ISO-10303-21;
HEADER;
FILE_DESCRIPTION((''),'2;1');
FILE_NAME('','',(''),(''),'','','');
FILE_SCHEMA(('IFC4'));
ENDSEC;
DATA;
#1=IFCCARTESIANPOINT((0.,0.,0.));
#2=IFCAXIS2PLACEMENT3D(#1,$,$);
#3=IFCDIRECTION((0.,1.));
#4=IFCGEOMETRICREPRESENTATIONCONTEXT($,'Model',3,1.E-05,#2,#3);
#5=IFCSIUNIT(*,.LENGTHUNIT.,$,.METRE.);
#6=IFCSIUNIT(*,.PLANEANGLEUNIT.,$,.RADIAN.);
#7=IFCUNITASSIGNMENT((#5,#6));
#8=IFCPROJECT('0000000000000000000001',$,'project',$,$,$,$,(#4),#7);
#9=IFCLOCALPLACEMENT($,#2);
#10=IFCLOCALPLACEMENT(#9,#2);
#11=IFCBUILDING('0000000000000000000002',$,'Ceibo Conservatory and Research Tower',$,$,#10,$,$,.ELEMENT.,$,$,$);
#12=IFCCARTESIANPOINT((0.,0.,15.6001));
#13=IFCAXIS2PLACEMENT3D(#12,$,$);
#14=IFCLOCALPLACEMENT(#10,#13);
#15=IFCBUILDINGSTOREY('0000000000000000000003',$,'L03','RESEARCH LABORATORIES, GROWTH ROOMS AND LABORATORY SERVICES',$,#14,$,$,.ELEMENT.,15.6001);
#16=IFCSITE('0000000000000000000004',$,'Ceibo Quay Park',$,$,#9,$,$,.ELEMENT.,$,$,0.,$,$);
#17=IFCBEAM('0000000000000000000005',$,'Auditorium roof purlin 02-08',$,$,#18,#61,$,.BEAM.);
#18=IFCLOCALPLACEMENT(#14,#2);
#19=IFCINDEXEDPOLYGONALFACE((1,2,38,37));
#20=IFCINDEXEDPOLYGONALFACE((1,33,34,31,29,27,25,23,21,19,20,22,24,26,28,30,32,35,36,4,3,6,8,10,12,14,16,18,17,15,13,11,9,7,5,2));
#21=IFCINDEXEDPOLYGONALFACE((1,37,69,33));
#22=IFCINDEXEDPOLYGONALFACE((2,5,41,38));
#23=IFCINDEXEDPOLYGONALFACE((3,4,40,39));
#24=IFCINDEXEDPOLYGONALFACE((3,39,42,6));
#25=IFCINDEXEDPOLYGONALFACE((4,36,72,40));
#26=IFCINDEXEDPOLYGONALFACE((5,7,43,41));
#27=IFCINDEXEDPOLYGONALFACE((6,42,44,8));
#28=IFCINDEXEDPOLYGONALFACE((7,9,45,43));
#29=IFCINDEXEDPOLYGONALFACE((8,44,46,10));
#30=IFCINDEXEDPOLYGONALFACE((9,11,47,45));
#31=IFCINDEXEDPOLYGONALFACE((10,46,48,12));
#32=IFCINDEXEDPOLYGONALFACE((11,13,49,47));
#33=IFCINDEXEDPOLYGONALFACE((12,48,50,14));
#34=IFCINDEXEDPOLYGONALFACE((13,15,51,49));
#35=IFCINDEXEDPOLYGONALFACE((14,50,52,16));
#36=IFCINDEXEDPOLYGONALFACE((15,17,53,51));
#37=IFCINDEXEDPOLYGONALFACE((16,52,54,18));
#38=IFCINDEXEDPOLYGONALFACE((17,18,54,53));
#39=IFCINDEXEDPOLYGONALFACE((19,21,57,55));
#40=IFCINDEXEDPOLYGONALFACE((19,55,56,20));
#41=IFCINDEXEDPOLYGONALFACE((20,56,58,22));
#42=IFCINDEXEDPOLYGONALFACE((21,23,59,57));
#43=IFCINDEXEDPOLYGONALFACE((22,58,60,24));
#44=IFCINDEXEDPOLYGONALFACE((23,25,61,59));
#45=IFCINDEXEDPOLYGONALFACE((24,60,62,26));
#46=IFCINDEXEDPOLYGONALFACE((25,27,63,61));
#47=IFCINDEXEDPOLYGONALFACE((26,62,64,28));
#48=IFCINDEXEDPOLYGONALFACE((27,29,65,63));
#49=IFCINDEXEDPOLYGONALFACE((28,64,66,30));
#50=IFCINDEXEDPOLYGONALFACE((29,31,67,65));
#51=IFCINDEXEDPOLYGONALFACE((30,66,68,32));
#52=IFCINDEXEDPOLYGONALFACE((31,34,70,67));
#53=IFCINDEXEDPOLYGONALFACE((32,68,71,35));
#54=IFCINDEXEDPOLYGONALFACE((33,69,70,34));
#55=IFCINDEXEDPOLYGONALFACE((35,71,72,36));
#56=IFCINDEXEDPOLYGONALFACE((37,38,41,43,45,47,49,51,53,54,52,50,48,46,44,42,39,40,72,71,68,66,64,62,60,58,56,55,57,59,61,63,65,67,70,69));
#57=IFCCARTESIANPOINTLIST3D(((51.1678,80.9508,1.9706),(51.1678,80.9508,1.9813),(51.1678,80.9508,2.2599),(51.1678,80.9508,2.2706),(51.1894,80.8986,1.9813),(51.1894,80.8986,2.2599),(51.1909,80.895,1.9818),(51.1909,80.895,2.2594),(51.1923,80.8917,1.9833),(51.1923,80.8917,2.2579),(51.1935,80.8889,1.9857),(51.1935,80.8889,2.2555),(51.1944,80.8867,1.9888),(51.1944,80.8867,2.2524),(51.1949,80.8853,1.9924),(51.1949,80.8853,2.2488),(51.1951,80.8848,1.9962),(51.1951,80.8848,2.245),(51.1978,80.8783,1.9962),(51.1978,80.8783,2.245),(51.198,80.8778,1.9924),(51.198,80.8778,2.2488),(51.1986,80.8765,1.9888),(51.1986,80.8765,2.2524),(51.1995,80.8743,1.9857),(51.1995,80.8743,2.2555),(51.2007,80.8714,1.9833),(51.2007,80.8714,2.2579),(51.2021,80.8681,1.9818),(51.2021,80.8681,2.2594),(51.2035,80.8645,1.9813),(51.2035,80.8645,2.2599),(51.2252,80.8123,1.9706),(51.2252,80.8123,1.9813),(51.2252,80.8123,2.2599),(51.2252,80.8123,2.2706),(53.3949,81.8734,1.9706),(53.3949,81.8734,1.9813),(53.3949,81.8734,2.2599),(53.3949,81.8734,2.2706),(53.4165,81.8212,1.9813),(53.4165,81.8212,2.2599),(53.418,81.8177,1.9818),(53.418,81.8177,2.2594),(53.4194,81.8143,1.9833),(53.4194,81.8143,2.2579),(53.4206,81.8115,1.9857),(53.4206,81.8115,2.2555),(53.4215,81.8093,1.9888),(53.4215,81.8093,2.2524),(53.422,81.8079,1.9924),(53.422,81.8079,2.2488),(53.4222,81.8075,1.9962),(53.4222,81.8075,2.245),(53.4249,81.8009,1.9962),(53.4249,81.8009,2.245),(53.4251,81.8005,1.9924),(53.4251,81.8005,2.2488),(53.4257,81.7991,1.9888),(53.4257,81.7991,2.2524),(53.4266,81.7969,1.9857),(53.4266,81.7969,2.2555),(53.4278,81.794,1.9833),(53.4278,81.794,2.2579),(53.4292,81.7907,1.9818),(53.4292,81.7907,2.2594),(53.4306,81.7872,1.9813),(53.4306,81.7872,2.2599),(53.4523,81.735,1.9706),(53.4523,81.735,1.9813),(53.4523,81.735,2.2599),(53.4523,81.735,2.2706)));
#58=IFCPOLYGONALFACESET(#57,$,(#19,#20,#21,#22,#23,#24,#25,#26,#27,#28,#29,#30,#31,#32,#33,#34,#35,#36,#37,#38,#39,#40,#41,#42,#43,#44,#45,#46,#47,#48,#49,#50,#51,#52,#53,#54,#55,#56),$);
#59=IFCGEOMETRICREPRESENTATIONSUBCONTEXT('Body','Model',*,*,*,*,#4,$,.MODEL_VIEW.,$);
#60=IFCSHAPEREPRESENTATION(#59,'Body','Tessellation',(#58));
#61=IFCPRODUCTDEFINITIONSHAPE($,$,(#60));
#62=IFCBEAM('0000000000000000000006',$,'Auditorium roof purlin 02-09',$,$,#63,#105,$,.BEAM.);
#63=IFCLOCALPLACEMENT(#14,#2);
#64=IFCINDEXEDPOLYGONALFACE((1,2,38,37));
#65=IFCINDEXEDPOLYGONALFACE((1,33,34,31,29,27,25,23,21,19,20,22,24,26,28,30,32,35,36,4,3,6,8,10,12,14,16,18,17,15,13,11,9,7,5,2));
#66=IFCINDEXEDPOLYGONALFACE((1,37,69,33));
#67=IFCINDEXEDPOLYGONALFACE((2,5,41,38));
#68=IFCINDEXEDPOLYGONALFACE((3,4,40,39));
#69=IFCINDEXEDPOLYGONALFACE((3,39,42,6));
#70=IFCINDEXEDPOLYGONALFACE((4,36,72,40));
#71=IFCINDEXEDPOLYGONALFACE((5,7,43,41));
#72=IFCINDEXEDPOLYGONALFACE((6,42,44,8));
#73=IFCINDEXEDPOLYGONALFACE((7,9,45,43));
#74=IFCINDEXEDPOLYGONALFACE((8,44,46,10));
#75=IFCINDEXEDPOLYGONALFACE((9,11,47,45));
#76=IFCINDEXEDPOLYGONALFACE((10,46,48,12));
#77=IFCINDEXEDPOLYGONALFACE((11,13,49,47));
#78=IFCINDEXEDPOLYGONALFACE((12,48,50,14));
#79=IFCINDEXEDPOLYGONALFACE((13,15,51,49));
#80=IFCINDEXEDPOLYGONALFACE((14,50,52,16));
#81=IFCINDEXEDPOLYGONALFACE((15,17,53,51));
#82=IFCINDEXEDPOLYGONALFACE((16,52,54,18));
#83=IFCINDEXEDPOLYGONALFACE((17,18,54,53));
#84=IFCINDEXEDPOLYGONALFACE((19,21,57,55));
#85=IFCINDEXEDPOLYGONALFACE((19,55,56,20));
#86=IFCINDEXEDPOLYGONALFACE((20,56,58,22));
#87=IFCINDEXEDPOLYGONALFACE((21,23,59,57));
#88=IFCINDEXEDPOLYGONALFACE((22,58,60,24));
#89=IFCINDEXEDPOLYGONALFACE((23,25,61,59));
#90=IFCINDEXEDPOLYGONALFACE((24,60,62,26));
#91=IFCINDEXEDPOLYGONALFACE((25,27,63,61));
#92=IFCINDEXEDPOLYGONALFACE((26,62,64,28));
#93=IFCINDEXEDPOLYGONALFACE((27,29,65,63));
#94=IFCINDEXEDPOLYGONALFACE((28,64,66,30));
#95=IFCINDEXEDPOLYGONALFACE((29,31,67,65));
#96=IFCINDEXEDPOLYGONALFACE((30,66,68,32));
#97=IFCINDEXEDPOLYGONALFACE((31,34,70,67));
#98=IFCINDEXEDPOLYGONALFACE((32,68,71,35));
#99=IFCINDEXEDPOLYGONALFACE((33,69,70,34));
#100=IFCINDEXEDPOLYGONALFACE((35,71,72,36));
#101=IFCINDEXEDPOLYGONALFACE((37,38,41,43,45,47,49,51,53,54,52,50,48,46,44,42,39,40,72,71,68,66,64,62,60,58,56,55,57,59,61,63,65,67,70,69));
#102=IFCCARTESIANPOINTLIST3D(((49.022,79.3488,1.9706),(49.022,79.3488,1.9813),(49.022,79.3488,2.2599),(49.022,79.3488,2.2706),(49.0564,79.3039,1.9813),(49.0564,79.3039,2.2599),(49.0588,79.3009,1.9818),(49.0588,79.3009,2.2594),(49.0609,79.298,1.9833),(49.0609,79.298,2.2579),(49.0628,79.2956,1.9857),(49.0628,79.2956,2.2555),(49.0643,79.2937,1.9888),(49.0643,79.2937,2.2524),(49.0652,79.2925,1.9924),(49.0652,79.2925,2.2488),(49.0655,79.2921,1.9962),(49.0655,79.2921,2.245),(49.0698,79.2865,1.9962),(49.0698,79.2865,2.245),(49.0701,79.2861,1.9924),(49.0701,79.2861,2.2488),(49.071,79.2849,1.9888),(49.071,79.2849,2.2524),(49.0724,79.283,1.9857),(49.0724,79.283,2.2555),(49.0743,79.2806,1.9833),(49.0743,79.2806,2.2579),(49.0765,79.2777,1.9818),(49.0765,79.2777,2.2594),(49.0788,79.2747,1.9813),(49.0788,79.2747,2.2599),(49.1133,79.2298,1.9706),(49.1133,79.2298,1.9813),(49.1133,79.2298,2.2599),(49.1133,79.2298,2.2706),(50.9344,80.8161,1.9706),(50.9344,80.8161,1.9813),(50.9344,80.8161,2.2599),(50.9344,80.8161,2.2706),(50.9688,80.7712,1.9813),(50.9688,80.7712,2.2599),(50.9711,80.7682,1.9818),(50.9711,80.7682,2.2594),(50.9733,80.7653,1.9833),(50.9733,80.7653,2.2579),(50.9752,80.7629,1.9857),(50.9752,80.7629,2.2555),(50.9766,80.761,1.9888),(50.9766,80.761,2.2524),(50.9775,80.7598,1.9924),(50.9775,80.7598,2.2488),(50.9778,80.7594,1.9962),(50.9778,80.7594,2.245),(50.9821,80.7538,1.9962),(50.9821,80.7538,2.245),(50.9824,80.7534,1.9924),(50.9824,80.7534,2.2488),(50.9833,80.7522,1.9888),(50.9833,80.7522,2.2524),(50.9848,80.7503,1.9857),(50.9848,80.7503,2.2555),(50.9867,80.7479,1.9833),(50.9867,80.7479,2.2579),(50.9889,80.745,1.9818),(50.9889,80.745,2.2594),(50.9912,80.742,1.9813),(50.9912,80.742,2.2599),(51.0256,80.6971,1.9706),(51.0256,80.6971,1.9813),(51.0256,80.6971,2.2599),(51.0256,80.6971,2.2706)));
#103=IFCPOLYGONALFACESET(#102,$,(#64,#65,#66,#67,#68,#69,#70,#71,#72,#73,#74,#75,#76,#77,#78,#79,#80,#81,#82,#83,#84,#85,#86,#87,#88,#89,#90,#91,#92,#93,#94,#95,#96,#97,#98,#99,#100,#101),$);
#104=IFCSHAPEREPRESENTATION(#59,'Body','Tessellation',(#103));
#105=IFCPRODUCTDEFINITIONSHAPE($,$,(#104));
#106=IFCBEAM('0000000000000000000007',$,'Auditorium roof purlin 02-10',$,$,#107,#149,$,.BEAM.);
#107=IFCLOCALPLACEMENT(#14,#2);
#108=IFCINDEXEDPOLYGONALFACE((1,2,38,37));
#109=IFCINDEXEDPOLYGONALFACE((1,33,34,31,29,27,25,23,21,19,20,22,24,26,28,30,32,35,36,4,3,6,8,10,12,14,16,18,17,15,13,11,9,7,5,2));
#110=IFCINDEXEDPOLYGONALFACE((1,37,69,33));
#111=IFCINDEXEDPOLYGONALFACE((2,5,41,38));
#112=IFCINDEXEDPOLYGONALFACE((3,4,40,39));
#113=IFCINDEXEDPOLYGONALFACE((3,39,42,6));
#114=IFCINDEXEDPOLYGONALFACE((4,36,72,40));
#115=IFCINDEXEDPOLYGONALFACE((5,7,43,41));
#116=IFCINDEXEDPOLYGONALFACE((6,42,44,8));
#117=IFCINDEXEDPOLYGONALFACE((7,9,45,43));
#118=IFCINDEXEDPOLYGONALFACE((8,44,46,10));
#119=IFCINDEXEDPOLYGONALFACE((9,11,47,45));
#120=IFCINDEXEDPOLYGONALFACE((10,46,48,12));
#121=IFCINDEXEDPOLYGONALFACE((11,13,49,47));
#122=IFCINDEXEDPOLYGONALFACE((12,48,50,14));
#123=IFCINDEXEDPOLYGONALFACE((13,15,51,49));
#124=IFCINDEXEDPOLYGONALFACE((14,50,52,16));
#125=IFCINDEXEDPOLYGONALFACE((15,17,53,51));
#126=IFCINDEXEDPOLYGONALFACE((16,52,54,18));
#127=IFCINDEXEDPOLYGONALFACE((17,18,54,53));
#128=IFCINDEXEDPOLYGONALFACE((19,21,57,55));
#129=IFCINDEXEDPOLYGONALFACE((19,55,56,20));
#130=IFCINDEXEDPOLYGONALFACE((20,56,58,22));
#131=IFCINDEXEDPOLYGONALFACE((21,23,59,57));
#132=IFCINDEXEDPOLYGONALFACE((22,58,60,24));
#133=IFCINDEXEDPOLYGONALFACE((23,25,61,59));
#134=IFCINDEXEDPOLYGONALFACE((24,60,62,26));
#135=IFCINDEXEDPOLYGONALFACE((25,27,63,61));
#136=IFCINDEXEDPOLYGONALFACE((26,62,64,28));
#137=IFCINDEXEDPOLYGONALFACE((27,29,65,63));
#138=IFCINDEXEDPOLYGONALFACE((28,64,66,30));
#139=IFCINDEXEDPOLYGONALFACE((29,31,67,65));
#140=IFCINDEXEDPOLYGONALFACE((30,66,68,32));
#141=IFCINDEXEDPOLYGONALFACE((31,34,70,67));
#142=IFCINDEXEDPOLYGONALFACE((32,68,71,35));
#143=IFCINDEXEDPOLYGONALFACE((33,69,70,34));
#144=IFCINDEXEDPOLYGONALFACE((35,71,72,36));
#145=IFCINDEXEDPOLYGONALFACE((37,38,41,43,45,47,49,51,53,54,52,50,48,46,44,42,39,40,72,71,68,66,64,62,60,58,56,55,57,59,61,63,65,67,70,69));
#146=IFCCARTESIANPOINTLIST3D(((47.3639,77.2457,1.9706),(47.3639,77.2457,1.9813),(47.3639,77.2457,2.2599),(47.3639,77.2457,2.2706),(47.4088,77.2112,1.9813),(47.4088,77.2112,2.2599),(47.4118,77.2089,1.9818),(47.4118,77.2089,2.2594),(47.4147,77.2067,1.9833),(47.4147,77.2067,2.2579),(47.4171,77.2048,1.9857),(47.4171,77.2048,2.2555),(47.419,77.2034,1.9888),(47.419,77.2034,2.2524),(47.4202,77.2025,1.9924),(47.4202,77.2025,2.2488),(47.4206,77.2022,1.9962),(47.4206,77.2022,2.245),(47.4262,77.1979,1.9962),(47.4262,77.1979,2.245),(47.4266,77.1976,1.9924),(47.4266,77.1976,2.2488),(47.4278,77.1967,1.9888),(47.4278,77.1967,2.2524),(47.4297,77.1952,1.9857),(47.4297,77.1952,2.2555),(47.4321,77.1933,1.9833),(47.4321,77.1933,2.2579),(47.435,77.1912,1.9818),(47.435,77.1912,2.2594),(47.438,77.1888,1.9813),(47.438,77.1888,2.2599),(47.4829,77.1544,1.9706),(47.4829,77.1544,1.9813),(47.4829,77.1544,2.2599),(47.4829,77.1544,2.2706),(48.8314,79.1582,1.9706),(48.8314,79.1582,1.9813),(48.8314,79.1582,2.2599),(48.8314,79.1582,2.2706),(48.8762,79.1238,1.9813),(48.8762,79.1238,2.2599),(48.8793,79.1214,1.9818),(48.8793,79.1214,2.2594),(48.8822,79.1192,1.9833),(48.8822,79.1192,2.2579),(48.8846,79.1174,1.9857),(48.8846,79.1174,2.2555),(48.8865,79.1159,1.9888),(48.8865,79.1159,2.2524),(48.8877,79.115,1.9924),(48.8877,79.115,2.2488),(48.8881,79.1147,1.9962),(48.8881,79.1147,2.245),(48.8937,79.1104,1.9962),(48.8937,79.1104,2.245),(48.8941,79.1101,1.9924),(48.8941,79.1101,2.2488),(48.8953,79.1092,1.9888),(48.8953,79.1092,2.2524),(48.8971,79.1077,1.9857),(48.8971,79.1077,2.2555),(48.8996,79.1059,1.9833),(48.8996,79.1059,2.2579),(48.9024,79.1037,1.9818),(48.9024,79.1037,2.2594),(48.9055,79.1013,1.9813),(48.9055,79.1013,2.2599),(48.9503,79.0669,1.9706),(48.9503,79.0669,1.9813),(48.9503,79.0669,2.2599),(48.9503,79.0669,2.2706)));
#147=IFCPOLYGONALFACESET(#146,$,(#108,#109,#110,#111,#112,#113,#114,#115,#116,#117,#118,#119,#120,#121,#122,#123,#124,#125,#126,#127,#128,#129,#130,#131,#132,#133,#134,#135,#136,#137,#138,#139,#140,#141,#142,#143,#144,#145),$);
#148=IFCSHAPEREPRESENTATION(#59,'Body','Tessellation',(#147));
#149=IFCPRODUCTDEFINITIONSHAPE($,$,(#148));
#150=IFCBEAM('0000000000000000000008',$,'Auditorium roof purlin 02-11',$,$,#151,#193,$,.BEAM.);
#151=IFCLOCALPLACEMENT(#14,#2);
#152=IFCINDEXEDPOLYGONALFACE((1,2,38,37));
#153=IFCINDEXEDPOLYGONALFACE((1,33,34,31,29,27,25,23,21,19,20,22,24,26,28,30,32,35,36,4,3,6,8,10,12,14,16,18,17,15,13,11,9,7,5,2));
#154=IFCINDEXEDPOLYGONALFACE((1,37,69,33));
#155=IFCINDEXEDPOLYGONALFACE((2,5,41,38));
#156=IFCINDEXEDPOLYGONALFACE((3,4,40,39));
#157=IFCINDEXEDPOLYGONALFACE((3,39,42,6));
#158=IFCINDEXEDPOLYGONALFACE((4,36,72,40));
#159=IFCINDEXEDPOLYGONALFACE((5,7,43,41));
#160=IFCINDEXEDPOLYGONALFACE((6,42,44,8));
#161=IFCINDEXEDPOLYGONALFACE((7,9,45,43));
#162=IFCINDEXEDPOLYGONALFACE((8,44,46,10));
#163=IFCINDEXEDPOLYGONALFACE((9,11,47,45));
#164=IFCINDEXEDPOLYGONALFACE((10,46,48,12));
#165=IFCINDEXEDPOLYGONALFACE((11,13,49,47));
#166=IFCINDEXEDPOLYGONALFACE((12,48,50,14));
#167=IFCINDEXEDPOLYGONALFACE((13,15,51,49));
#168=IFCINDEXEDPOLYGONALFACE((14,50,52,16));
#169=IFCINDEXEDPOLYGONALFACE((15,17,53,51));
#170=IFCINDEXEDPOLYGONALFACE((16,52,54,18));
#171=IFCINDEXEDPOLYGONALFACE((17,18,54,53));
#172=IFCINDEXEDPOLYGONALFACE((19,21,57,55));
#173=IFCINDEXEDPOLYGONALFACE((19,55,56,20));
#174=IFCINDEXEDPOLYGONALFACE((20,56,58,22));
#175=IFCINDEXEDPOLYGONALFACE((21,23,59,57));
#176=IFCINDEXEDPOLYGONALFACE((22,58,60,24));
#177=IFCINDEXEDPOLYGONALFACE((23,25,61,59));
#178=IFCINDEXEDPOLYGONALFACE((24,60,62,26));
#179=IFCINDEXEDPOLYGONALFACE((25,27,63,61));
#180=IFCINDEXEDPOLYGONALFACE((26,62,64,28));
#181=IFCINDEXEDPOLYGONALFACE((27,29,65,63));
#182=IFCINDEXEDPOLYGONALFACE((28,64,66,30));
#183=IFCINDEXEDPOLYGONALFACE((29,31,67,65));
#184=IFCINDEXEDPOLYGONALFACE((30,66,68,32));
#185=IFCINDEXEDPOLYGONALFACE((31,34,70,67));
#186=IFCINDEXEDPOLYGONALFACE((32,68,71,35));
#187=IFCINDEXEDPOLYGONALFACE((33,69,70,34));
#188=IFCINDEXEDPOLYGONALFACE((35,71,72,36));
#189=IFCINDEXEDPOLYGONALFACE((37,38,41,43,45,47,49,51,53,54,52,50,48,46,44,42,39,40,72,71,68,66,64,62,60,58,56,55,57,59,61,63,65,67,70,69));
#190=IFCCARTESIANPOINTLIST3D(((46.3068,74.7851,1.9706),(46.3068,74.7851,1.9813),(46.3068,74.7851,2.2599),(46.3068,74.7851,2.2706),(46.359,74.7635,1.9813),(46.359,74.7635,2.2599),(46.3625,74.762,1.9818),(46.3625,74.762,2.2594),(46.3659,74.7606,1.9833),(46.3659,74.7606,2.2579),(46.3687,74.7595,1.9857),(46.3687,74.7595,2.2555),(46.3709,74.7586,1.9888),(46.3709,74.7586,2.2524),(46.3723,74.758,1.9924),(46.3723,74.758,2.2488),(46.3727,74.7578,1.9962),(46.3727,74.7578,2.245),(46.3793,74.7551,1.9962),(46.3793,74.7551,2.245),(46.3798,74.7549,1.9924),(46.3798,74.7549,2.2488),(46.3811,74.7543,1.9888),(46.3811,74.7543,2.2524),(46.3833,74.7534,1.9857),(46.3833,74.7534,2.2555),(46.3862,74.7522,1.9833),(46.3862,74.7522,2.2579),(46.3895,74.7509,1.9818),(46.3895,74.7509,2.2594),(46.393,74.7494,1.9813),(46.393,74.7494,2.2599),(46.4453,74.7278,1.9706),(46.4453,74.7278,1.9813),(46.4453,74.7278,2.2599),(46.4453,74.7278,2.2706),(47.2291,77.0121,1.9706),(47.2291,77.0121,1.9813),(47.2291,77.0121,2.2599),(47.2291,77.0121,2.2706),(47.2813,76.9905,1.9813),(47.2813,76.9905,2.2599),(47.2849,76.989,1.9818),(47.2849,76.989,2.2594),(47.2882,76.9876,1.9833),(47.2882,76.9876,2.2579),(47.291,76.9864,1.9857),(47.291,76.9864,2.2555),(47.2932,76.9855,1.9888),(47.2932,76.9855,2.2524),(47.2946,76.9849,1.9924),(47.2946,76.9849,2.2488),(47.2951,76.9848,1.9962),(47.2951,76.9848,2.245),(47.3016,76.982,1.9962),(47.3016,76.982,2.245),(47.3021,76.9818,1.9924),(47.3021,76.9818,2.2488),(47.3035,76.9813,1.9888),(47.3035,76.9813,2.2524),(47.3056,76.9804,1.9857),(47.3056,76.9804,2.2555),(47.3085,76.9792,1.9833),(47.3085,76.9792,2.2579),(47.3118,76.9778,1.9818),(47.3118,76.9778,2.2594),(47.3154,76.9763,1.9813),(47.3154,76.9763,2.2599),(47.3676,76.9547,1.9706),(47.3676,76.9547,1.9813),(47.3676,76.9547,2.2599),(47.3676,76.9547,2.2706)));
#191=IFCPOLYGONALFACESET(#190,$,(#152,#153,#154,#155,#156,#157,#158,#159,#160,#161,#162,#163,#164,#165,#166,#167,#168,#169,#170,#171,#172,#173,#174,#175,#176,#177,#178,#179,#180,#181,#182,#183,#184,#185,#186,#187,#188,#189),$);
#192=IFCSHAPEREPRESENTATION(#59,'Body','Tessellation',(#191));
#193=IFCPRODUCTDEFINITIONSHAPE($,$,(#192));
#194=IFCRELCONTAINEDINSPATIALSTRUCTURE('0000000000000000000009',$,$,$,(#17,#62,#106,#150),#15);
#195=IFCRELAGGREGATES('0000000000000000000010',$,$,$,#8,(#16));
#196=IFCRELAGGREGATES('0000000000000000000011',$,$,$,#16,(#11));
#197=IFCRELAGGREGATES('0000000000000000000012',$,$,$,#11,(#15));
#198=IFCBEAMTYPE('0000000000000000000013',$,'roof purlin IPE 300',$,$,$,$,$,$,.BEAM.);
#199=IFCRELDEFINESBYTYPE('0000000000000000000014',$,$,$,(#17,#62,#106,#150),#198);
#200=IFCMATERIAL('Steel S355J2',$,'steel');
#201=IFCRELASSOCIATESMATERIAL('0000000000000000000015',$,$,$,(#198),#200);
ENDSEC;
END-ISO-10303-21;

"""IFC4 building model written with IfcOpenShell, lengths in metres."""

from ifc_helpers import new_model, si_unit, direction, frame, origin, origin_2d, place, context, subcontext, project, spatial, i_section, extrude, material, material_profile, profile_set, type_object, element, save


model = new_model("IFC4")

# Units and contexts
model_context = context("Model", 3, precision=1e-05, world=origin(), true_north=direction((0.0, 1.0)))
body_context = subcontext(model_context, "Body", "Model", "MODEL_VIEW")
ifc_project = project(units=[si_unit("LENGTHUNIT", "METRE"), si_unit("PLANEANGLEUNIT", "RADIAN")], contexts=[model_context])

# Site, building, storey
site_placement = place(None, origin())
site = spatial("IfcSite", under=ifc_project, at=site_placement, Name="Ceibo Quay Park", CompositionType="ELEMENT", RefElevation=0.0)
building_placement = place(site_placement, origin())
building = spatial("IfcBuilding", under=site, at=building_placement, Name="Ceibo Conservatory and Research Tower", CompositionType="ELEMENT")
storey_placement = place(building_placement, frame((0.0, 0.0, 15.6001)))
storey = spatial("IfcBuildingStorey", under=building, at=storey_placement, Name="L03", Description="RESEARCH LABORATORIES, GROWTH ROOMS AND LABORATORY SERVICES", CompositionType="ELEMENT", Elevation=15.6001)

# Beams
ifc_material_1 = material(Name="Steel S355J2", Category="steel")
ifc_material_profile_1 = material_profile(ifc_material_1, i_section(OverallWidth=0.1499, OverallDepth=0.3, WebThickness=0.0071, FlangeThickness=0.0107, FilletRadius=0.0149, at=origin_2d()), Name="IPE 300")
ifc_profile_set_1 = profile_set([ifc_material_profile_1], Name="Steel S355J2")
beam_type_1 = type_object("IfcBeamType", Name="roof purlin IPE 300", PredefinedType="BEAM", material=ifc_profile_set_1)
beam_1_placement = place(storey_placement, frame((53.4236, 81.8042, 2.1206), z_axis=(-0.92386, -0.38273, 0.0), x_axis=(0.38273, -0.92386, 0.0)))
element("IfcBeam", 1, at=beam_1_placement, inside=storey, type_object=beam_type_1, Name="Auditorium roof purlin 02-08", PredefinedType="BEAM", context=body_context, shape_type="SweptSolid", body=[
    extrude(i_section(OverallWidth=0.1499, OverallDepth=0.3, WebThickness=0.0071, FlangeThickness=0.0107, FilletRadius=0.0149, at=origin_2d()), origin(), (0.0, 0.0, 1.0), 2.4106),
])
beam_2_placement = place(storey_placement, frame((50.98, 80.7566, 2.1206), z_axis=(-0.793376, -0.608731, 0.0), x_axis=(0.608731, -0.793376, 0.0)))
element("IfcBeam", 2, at=beam_2_placement, inside=storey, type_object=beam_type_1, Name="Auditorium roof purlin 02-09", PredefinedType="BEAM", context=body_context, shape_type="SweptSolid", body=[
    extrude(i_section(OverallWidth=0.1499, OverallDepth=0.3, WebThickness=0.0071, FlangeThickness=0.0107, FilletRadius=0.0149, at=origin_2d()), origin(), (0.0, 0.0, 1.0), 2.4104),
])
beam_3_placement = place(storey_placement, frame((48.8909, 79.1125, 2.1206), z_axis=(-0.608746, -0.793365, 0.0), x_axis=(0.793365, -0.608746, 0.0)))
element("IfcBeam", 3, at=beam_3_placement, inside=storey, type_object=beam_type_1, Name="Auditorium roof purlin 02-10", PredefinedType="BEAM", context=body_context, shape_type="SweptSolid", body=[
    extrude(i_section(OverallWidth=0.1499, OverallDepth=0.3, WebThickness=0.0071, FlangeThickness=0.0107, FilletRadius=0.0149, at=origin_2d()), origin(), (0.0, 0.0, 1.0), 2.4106),
])
beam_4_placement = place(storey_placement, frame((47.2983, 76.9834, 2.1206), z_axis=(-0.382644, -0.923896, 0.0), x_axis=(0.923896, -0.382644, 0.0)))
element("IfcBeam", 4, at=beam_4_placement, inside=storey, type_object=beam_type_1, Name="Auditorium roof purlin 02-11", PredefinedType="BEAM", context=body_context, shape_type="SweptSolid", body=[
    extrude(i_section(OverallWidth=0.1499, OverallDepth=0.3, WebThickness=0.0071, FlangeThickness=0.0107, FilletRadius=0.0149, at=origin_2d()), origin(), (0.0, 0.0, 1.0), 2.4104),
])

save(model, "model.ifc")
